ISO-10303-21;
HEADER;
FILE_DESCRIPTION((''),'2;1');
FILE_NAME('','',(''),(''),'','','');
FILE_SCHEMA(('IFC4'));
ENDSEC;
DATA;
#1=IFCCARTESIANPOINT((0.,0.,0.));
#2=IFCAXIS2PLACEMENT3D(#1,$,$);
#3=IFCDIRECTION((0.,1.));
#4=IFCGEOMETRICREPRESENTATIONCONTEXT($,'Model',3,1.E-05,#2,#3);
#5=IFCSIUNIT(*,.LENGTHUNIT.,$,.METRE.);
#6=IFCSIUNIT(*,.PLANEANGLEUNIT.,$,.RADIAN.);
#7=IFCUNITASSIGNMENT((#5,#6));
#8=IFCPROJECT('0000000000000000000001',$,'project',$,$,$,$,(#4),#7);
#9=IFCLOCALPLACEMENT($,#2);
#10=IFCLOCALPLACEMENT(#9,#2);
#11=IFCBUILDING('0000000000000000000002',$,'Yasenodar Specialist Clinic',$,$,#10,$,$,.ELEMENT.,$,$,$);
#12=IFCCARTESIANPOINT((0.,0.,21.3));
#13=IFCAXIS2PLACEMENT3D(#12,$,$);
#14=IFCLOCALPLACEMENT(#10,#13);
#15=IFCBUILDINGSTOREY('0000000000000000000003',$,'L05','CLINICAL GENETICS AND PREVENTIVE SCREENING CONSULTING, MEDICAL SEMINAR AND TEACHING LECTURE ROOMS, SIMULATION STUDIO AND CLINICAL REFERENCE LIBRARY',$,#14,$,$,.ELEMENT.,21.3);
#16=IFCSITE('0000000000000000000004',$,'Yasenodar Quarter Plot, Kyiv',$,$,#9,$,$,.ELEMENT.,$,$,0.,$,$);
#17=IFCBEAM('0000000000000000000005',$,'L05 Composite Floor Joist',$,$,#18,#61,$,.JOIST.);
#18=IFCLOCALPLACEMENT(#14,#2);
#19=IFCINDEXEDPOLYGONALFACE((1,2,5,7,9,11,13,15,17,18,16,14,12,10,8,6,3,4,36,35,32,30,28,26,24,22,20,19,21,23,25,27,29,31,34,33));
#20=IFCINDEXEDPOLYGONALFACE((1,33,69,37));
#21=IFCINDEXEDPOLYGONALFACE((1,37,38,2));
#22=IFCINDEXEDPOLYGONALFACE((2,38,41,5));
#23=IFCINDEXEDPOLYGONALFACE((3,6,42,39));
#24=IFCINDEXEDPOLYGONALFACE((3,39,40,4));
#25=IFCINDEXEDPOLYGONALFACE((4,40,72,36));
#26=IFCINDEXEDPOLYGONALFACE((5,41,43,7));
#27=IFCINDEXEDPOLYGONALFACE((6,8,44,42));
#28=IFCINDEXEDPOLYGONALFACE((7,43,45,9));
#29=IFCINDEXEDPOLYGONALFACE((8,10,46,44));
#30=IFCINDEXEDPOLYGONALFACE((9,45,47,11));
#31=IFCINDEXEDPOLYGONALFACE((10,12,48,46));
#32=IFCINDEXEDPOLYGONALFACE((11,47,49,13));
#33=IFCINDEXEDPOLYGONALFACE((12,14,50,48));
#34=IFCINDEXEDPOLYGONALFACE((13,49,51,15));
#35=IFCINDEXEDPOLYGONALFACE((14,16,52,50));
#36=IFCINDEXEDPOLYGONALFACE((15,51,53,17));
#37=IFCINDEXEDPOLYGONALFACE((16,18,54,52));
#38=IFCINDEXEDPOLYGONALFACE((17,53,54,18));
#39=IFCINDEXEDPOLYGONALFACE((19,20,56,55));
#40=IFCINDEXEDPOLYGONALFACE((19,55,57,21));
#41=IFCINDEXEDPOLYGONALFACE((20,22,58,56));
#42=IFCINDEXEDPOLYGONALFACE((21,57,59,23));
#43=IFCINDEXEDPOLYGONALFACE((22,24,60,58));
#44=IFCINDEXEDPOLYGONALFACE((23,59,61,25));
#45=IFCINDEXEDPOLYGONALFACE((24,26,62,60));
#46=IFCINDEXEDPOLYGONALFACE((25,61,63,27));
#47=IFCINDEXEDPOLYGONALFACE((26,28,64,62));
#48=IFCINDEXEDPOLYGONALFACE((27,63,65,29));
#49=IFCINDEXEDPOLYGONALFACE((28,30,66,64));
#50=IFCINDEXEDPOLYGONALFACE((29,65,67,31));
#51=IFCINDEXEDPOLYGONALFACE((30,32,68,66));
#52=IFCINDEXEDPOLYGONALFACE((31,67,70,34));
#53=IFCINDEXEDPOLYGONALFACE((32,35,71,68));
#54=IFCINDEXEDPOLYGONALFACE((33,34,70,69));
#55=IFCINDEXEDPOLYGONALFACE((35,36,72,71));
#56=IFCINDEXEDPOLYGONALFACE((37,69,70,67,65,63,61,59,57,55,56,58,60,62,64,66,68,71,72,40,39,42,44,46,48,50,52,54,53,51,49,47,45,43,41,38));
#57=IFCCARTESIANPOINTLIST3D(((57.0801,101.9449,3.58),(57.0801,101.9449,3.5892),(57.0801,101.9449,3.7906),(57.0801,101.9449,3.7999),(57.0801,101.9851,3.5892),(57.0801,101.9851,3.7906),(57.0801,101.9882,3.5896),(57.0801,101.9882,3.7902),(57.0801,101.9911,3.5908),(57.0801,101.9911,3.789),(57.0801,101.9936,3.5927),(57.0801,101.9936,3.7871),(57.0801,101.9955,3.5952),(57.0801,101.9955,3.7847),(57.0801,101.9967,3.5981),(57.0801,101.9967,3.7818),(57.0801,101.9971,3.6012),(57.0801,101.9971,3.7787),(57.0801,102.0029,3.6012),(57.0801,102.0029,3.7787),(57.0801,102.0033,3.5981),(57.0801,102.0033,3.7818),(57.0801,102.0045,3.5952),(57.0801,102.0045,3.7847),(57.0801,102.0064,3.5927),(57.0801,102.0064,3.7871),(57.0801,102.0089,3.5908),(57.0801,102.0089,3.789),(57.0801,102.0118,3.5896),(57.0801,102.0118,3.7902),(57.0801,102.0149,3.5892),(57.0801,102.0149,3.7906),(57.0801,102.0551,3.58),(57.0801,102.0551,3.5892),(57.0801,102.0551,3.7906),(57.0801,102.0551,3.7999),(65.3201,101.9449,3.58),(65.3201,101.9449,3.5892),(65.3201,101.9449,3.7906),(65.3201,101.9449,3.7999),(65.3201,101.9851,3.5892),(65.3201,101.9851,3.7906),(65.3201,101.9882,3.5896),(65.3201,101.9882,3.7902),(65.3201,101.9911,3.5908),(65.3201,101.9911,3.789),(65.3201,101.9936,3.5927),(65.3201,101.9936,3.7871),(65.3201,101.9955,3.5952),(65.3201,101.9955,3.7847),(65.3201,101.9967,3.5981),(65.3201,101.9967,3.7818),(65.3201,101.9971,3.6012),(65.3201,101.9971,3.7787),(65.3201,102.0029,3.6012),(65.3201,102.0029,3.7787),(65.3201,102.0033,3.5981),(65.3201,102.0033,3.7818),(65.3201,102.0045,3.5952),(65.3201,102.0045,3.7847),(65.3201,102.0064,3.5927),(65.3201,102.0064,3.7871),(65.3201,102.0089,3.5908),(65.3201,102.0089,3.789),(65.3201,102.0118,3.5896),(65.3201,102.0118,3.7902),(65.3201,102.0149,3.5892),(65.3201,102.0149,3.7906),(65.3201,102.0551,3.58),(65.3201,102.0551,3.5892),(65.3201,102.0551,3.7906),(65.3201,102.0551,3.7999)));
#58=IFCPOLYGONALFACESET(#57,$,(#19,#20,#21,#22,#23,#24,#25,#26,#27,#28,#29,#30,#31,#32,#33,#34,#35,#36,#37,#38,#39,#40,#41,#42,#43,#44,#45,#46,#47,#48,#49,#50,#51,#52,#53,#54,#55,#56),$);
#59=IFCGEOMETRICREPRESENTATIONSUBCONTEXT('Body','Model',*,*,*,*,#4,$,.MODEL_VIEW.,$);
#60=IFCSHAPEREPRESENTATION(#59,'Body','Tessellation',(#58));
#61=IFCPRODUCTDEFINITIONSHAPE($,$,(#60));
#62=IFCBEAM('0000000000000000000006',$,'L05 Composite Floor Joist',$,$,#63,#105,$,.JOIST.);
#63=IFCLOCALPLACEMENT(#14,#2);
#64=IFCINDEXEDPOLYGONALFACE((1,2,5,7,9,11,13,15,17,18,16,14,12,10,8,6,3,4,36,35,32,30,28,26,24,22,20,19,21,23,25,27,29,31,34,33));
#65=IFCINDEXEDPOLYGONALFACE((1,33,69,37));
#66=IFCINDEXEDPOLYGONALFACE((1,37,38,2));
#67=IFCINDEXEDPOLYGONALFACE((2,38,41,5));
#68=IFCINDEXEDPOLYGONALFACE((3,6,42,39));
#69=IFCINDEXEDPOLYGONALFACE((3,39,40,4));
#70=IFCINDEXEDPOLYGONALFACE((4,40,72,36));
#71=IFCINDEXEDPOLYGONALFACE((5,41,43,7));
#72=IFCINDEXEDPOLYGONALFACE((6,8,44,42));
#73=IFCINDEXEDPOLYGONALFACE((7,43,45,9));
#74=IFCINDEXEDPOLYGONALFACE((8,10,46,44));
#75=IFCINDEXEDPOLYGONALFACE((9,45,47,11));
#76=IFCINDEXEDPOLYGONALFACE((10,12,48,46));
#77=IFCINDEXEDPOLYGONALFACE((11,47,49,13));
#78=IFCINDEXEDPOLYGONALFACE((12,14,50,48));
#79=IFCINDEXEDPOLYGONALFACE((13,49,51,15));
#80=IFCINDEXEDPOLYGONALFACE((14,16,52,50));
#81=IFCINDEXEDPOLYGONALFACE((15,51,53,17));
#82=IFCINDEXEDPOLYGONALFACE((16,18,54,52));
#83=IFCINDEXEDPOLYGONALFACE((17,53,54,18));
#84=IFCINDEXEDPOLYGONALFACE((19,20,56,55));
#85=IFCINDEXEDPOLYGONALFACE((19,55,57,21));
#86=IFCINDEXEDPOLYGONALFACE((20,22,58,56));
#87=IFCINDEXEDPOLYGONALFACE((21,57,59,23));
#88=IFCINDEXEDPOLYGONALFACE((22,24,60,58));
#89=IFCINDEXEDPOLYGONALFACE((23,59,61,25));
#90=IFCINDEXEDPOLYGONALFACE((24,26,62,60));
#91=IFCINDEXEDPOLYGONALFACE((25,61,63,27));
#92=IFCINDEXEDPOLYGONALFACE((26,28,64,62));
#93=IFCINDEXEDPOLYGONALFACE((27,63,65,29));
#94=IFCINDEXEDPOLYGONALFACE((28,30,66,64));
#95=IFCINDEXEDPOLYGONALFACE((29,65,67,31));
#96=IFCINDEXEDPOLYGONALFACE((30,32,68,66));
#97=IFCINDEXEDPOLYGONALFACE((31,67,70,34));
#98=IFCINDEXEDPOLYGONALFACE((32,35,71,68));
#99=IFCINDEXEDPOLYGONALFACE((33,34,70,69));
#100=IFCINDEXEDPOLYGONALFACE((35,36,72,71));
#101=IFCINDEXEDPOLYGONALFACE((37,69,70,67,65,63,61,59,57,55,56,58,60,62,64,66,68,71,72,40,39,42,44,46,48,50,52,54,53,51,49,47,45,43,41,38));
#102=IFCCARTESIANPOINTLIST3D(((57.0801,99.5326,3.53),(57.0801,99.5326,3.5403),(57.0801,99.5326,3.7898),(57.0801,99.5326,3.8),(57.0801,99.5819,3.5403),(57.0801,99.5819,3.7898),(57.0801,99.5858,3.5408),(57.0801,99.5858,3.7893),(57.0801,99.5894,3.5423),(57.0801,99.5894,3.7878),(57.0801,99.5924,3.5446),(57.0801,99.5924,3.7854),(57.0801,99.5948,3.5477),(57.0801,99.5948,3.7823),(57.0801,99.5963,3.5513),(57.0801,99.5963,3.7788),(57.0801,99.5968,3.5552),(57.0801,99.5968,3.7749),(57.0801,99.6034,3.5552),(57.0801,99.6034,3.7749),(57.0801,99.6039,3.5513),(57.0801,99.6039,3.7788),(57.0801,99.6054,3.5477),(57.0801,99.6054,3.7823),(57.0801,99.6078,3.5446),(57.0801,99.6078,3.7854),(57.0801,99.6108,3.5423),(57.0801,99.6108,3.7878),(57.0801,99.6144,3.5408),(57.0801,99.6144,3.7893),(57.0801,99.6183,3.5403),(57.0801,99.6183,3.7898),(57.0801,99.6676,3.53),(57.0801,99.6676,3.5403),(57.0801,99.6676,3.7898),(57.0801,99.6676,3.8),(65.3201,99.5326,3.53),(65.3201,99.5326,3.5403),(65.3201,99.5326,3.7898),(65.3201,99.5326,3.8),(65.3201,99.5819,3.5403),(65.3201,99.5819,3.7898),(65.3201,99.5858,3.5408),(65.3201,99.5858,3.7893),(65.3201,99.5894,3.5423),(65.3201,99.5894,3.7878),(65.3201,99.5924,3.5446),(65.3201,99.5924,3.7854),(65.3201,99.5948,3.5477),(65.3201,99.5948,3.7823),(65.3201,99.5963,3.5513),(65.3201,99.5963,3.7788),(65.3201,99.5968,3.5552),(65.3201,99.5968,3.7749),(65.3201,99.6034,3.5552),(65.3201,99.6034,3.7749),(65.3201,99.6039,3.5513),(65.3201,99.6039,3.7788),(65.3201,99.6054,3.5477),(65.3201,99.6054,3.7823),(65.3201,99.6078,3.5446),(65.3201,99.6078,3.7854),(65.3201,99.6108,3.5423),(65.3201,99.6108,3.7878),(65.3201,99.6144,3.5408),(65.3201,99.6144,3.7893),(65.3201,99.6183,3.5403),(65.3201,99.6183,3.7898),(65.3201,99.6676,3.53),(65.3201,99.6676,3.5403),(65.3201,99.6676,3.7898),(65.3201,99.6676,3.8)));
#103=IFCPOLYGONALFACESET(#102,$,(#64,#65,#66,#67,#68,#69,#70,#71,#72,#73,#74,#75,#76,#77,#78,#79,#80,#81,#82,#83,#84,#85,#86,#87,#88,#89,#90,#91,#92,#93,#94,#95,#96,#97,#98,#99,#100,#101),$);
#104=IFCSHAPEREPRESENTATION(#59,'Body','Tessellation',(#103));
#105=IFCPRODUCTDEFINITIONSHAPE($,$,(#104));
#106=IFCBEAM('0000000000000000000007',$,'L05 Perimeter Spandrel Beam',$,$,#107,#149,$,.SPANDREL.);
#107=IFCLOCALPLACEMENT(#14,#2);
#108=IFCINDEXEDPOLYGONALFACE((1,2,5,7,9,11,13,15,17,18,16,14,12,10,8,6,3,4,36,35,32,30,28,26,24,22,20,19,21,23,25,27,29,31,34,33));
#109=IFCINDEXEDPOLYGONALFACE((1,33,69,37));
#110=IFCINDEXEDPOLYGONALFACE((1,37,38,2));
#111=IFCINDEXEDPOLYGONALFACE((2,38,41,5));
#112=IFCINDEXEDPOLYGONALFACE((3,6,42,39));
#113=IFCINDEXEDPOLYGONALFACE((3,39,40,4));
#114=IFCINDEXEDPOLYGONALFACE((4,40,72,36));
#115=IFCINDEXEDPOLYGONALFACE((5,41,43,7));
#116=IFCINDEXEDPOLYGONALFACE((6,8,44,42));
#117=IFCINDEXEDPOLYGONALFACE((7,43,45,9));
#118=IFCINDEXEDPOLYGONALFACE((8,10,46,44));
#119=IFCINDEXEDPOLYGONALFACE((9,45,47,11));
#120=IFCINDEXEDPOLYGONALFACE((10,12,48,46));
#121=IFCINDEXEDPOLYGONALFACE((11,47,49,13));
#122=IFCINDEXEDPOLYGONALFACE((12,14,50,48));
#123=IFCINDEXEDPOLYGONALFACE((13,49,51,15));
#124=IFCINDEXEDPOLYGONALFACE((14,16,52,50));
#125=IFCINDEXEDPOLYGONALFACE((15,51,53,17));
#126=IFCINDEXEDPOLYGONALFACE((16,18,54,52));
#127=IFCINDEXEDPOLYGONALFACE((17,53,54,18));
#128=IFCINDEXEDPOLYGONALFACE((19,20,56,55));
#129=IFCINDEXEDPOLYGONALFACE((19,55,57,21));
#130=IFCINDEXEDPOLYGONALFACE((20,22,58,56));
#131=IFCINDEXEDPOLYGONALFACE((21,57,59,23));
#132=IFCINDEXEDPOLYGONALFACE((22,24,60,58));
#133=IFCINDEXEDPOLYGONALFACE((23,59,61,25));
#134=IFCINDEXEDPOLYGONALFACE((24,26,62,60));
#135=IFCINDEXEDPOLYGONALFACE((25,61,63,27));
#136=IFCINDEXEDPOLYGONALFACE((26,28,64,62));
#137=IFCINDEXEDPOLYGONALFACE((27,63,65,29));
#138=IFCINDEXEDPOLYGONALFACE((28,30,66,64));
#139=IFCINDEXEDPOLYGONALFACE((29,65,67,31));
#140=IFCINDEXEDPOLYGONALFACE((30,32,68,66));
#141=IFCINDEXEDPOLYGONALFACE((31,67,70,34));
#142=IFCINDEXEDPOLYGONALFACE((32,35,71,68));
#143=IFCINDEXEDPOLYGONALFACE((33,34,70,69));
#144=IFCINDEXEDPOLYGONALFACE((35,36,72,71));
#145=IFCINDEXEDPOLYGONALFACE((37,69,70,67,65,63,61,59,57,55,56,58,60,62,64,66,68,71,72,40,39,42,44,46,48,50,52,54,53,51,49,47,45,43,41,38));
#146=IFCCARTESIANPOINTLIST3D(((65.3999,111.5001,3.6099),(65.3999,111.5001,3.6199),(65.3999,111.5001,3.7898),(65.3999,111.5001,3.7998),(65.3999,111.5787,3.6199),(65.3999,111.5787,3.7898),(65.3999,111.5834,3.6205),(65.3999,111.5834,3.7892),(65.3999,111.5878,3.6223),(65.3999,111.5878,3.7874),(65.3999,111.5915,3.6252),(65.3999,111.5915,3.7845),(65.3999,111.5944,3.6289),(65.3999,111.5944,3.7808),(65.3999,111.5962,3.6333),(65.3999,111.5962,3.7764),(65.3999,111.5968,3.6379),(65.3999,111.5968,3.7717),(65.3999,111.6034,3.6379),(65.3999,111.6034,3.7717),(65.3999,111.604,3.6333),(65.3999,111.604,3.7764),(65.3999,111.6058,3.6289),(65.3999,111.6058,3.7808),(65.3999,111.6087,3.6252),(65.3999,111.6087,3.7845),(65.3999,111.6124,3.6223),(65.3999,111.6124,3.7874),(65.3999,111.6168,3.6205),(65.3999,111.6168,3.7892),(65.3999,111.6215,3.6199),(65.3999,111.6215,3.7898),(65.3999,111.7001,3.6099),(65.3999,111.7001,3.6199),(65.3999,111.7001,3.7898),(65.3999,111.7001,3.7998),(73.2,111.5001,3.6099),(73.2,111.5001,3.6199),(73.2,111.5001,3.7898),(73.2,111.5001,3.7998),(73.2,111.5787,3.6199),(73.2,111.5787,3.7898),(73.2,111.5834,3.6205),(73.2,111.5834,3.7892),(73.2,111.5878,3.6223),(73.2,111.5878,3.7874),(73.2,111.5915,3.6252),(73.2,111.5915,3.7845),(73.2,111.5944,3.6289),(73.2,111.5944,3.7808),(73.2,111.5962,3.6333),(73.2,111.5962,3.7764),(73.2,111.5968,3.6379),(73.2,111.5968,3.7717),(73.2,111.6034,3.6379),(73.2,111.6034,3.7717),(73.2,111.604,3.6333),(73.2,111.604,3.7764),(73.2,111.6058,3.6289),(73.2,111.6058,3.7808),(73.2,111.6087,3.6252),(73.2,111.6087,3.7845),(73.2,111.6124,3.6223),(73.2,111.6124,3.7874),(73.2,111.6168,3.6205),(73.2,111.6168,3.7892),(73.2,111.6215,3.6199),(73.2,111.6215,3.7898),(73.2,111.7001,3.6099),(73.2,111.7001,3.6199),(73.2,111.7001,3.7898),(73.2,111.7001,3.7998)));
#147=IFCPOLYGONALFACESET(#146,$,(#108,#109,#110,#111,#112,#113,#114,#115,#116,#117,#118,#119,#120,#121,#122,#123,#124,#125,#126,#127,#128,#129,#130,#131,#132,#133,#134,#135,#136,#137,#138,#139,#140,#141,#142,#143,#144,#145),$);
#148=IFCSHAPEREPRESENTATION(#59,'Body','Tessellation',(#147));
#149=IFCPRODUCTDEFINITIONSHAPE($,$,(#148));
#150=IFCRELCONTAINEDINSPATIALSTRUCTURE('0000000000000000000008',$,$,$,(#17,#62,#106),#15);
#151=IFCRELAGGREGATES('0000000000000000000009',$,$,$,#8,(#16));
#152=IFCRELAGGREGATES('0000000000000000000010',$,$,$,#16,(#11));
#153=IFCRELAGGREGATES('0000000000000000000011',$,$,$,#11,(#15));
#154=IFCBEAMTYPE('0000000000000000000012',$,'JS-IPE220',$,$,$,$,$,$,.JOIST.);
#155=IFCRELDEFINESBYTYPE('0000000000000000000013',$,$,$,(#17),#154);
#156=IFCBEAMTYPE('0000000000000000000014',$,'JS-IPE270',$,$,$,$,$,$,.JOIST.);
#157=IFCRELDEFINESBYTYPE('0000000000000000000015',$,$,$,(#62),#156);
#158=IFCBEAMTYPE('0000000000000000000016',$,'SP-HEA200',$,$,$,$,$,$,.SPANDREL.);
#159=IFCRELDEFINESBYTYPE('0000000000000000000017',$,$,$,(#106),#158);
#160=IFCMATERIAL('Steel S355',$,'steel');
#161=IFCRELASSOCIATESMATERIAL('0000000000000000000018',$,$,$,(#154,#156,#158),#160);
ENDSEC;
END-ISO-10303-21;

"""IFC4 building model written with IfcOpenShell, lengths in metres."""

from ifc_helpers import new_model, si_unit, direction, frame, origin, origin_2d, place, context, subcontext, project, spatial, i_section, extrude, material, material_profile, profile_set, type_object, element, save


model = new_model("IFC4")

# Units and contexts
model_context = context("Model", 3, precision=1e-05, world=origin(), true_north=direction((0.0, 1.0)))
body_context = subcontext(model_context, "Body", "Model", "MODEL_VIEW")
ifc_project = project(units=[si_unit("LENGTHUNIT", "METRE"), si_unit("PLANEANGLEUNIT", "RADIAN")], contexts=[model_context])

# Site, building, storey
site_placement = place(None, origin())
site = spatial("IfcSite", under=ifc_project, at=site_placement, Name="Yasenodar Quarter Plot, Kyiv", CompositionType="ELEMENT", RefElevation=0.0)
building_placement = place(site_placement, origin())
building = spatial("IfcBuilding", under=site, at=building_placement, Name="Yasenodar Specialist Clinic", CompositionType="ELEMENT")
storey_placement = place(building_placement, frame((0.0, 0.0, 21.3)))
storey = spatial("IfcBuildingStorey", under=building, at=storey_placement, Name="L05", Description="CLINICAL GENETICS AND PREVENTIVE SCREENING CONSULTING, MEDICAL SEMINAR AND TEACHING LECTURE ROOMS, SIMULATION STUDIO AND CLINICAL REFERENCE LIBRARY", CompositionType="ELEMENT", Elevation=21.3)

# Shared definitions
ifc_material_1 = material(Name="Steel S355", Category="steel")

# Beams
ifc_material_profile_1 = material_profile(ifc_material_1, i_section(OverallWidth=0.1101, OverallDepth=0.22, WebThickness=0.0059, FlangeThickness=0.0093, FilletRadius=0.012, at=origin_2d()), Name="IPE 220")
ifc_profile_set_1 = profile_set([ifc_material_profile_1], Name="Steel S355")
beam_type_1 = type_object("IfcBeamType", Name="JS-IPE220", PredefinedType="JOIST", material=ifc_profile_set_1)
beam_1_placement = place(storey_placement, frame((57.0801, 102.0, 3.6899), z_axis=(1.0, 0.0, 0.0), x_axis=(0.0, 1.0, 0.0)))
element("IfcBeam", 1, at=beam_1_placement, inside=storey, type_object=beam_type_1, Name="L05 Composite Floor Joist", PredefinedType="JOIST", context=body_context, shape_type="SweptSolid", body=[
    extrude(i_section(OverallWidth=0.1101, OverallDepth=0.22, WebThickness=0.0059, FlangeThickness=0.0093, FilletRadius=0.012, at=origin_2d()), origin(), (0.0, 0.0, 1.0), 8.24),
])
ifc_material_profile_2 = material_profile(ifc_material_1, i_section(OverallWidth=0.135, OverallDepth=0.27, WebThickness=0.0066, FlangeThickness=0.0103, FilletRadius=0.0149, at=origin_2d()), Name="IPE 270")
ifc_profile_set_2 = profile_set([ifc_material_profile_2], Name="Steel S355")
beam_type_2 = type_object("IfcBeamType", Name="JS-IPE270", PredefinedType="JOIST", material=ifc_profile_set_2)
beam_2_placement = place(storey_placement, frame((57.0801, 99.6001, 3.665), z_axis=(1.0, 0.0, 0.0), x_axis=(0.0, 1.0, 0.0)))
element("IfcBeam", 2, at=beam_2_placement, inside=storey, type_object=beam_type_2, Name="L05 Composite Floor Joist", PredefinedType="JOIST", context=body_context, shape_type="SweptSolid", body=[
    extrude(i_section(OverallWidth=0.135, OverallDepth=0.27, WebThickness=0.0066, FlangeThickness=0.0103, FilletRadius=0.0149, at=origin_2d()), origin(), (0.0, 0.0, 1.0), 8.24),
])
ifc_material_profile_3 = material_profile(ifc_material_1, i_section(OverallWidth=0.2, OverallDepth=0.1899, WebThickness=0.0066, FlangeThickness=0.01, FilletRadius=0.0181, at=origin_2d()), Name="HEA 200")
ifc_profile_set_3 = profile_set([ifc_material_profile_3], Name="Steel S355")
beam_type_3 = type_object("IfcBeamType", Name="SP-HEA200", PredefinedType="SPANDREL", material=ifc_profile_set_3)
beam_3_placement = place(storey_placement, frame((65.3999, 111.6001, 3.7048), z_axis=(1.0, 0.0, 0.0), x_axis=(0.0, 1.0, 0.0)))
element("IfcBeam", 3, at=beam_3_placement, inside=storey, type_object=beam_type_3, Name="L05 Perimeter Spandrel Beam", PredefinedType="SPANDREL", context=body_context, shape_type="SweptSolid", body=[
    extrude(i_section(OverallWidth=0.2, OverallDepth=0.1899, WebThickness=0.0066, FlangeThickness=0.01, FilletRadius=0.0181, at=origin_2d()), origin(), (0.0, 0.0, 1.0), 7.8),
])

save(model, "model.ifc")
